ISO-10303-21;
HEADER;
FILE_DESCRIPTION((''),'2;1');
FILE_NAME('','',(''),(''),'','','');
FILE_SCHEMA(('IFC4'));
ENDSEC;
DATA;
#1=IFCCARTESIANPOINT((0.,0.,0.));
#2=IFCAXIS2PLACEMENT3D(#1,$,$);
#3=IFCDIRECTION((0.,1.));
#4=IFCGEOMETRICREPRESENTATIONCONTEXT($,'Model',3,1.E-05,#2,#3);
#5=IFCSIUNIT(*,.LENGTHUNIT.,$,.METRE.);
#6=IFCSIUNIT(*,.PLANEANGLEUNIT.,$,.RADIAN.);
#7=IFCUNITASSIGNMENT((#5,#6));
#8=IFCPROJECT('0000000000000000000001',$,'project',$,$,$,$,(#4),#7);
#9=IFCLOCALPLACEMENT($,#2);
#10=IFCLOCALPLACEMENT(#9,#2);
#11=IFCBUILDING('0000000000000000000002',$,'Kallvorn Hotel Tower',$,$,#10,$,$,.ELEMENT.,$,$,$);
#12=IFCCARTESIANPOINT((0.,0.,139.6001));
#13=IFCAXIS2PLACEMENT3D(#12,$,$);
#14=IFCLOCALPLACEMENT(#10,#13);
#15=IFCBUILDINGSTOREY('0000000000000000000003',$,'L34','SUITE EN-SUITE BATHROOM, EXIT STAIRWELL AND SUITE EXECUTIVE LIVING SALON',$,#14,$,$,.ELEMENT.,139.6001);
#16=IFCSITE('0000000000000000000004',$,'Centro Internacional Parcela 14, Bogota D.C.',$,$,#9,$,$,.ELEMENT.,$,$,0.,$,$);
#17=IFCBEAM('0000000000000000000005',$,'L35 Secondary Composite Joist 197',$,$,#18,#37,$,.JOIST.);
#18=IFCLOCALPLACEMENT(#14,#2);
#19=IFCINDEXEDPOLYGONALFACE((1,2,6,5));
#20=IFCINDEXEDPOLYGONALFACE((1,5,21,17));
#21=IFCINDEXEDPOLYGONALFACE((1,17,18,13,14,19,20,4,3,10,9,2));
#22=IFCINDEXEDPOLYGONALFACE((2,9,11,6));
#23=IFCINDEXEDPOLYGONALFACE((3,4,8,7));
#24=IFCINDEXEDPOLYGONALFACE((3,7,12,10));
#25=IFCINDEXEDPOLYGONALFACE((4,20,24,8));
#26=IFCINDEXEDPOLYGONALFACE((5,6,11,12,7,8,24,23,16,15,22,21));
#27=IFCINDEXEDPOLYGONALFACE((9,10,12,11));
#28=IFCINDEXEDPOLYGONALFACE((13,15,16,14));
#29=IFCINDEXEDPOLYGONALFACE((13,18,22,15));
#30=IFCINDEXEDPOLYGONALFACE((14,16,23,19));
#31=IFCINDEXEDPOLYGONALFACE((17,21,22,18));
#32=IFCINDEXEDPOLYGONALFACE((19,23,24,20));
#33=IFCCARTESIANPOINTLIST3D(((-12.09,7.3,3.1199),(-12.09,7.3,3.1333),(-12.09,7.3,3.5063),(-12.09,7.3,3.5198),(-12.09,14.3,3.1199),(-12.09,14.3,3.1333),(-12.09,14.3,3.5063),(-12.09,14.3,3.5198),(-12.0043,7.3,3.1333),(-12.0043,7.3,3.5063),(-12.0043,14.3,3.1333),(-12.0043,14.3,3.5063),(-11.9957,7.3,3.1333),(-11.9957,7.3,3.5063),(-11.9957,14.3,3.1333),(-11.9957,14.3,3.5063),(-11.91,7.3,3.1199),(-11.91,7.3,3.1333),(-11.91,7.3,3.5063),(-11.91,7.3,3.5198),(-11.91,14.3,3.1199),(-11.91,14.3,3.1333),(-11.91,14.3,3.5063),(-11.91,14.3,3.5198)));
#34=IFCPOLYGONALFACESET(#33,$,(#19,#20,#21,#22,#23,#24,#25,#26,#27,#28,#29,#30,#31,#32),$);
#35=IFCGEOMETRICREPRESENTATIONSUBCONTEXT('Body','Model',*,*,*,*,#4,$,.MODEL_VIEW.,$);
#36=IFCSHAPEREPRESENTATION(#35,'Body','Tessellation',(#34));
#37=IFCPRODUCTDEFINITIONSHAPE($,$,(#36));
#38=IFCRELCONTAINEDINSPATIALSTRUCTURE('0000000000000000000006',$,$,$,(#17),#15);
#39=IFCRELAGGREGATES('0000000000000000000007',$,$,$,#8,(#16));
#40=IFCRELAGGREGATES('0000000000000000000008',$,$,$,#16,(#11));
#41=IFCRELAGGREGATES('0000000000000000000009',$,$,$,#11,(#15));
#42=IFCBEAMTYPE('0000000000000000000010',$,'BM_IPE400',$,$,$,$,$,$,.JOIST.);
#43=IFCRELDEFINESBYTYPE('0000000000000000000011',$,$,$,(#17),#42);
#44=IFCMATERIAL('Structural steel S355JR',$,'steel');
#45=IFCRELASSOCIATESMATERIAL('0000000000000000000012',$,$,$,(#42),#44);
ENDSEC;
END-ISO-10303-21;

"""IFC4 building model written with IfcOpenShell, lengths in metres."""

from ifc_helpers import new_model, si_unit, direction, frame, origin, origin_2d, place, context, subcontext, project, spatial, i_section, extrude, material, material_profile, profile_set, type_object, element, save


model = new_model("IFC4")

# Units and contexts
model_context = context("Model", 3, precision=1e-05, world=origin(), true_north=direction((0.0, 1.0)))
body_context = subcontext(model_context, "Body", "Model", "MODEL_VIEW")
ifc_project = project(units=[si_unit("LENGTHUNIT", "METRE"), si_unit("PLANEANGLEUNIT", "RADIAN")], contexts=[model_context])

# Site, building, storey
site_placement = place(None, origin())
site = spatial("IfcSite", under=ifc_project, at=site_placement, Name="Centro Internacional Parcela 14, Bogota D.C.", CompositionType="ELEMENT", RefElevation=0.0)
building_placement = place(site_placement, origin())
building = spatial("IfcBuilding", under=site, at=building_placement, Name="Kallvorn Hotel Tower", CompositionType="ELEMENT")
storey_placement = place(building_placement, frame((0.0, 0.0, 139.6001)))
storey = spatial("IfcBuildingStorey", under=building, at=storey_placement, Name="L34", Description="SUITE EN-SUITE BATHROOM, EXIT STAIRWELL AND SUITE EXECUTIVE LIVING SALON", CompositionType="ELEMENT", Elevation=139.6001)

# Beam
ifc_material_1 = material(Name="Structural steel S355JR", Category="steel")
ifc_material_profile_1 = material_profile(ifc_material_1, i_section(OverallWidth=0.1799, OverallDepth=0.3999, WebThickness=0.0085, FlangeThickness=0.0134, at=origin_2d()), Name="IPE 400")
ifc_profile_set_1 = profile_set([ifc_material_profile_1], Name="Structural steel S355JR")
beam_type_1 = type_object("IfcBeamType", Name="BM_IPE400", PredefinedType="JOIST", material=ifc_profile_set_1)
for number, where, z_axis, x_axis, name in (
    (1, (-12.0, 7.3, 3.3198), (0.0, 1.0, 0.0), (-1.0, 0.0, 0.0), "L35 Secondary Composite Joist 197"),
):
    element("IfcBeam", number, at=place(storey_placement, frame(where, z_axis=z_axis, x_axis=x_axis)), inside=storey, type_object=beam_type_1, Name=name, PredefinedType="JOIST", context=body_context, shape_type="SweptSolid", body=[
        extrude(i_section(OverallWidth=0.1799, OverallDepth=0.3999, WebThickness=0.0085, FlangeThickness=0.0134, at=origin_2d()), origin(), (0.0, 0.0, 1.0), 7.0),
    ])

save(model, "model.ifc")
